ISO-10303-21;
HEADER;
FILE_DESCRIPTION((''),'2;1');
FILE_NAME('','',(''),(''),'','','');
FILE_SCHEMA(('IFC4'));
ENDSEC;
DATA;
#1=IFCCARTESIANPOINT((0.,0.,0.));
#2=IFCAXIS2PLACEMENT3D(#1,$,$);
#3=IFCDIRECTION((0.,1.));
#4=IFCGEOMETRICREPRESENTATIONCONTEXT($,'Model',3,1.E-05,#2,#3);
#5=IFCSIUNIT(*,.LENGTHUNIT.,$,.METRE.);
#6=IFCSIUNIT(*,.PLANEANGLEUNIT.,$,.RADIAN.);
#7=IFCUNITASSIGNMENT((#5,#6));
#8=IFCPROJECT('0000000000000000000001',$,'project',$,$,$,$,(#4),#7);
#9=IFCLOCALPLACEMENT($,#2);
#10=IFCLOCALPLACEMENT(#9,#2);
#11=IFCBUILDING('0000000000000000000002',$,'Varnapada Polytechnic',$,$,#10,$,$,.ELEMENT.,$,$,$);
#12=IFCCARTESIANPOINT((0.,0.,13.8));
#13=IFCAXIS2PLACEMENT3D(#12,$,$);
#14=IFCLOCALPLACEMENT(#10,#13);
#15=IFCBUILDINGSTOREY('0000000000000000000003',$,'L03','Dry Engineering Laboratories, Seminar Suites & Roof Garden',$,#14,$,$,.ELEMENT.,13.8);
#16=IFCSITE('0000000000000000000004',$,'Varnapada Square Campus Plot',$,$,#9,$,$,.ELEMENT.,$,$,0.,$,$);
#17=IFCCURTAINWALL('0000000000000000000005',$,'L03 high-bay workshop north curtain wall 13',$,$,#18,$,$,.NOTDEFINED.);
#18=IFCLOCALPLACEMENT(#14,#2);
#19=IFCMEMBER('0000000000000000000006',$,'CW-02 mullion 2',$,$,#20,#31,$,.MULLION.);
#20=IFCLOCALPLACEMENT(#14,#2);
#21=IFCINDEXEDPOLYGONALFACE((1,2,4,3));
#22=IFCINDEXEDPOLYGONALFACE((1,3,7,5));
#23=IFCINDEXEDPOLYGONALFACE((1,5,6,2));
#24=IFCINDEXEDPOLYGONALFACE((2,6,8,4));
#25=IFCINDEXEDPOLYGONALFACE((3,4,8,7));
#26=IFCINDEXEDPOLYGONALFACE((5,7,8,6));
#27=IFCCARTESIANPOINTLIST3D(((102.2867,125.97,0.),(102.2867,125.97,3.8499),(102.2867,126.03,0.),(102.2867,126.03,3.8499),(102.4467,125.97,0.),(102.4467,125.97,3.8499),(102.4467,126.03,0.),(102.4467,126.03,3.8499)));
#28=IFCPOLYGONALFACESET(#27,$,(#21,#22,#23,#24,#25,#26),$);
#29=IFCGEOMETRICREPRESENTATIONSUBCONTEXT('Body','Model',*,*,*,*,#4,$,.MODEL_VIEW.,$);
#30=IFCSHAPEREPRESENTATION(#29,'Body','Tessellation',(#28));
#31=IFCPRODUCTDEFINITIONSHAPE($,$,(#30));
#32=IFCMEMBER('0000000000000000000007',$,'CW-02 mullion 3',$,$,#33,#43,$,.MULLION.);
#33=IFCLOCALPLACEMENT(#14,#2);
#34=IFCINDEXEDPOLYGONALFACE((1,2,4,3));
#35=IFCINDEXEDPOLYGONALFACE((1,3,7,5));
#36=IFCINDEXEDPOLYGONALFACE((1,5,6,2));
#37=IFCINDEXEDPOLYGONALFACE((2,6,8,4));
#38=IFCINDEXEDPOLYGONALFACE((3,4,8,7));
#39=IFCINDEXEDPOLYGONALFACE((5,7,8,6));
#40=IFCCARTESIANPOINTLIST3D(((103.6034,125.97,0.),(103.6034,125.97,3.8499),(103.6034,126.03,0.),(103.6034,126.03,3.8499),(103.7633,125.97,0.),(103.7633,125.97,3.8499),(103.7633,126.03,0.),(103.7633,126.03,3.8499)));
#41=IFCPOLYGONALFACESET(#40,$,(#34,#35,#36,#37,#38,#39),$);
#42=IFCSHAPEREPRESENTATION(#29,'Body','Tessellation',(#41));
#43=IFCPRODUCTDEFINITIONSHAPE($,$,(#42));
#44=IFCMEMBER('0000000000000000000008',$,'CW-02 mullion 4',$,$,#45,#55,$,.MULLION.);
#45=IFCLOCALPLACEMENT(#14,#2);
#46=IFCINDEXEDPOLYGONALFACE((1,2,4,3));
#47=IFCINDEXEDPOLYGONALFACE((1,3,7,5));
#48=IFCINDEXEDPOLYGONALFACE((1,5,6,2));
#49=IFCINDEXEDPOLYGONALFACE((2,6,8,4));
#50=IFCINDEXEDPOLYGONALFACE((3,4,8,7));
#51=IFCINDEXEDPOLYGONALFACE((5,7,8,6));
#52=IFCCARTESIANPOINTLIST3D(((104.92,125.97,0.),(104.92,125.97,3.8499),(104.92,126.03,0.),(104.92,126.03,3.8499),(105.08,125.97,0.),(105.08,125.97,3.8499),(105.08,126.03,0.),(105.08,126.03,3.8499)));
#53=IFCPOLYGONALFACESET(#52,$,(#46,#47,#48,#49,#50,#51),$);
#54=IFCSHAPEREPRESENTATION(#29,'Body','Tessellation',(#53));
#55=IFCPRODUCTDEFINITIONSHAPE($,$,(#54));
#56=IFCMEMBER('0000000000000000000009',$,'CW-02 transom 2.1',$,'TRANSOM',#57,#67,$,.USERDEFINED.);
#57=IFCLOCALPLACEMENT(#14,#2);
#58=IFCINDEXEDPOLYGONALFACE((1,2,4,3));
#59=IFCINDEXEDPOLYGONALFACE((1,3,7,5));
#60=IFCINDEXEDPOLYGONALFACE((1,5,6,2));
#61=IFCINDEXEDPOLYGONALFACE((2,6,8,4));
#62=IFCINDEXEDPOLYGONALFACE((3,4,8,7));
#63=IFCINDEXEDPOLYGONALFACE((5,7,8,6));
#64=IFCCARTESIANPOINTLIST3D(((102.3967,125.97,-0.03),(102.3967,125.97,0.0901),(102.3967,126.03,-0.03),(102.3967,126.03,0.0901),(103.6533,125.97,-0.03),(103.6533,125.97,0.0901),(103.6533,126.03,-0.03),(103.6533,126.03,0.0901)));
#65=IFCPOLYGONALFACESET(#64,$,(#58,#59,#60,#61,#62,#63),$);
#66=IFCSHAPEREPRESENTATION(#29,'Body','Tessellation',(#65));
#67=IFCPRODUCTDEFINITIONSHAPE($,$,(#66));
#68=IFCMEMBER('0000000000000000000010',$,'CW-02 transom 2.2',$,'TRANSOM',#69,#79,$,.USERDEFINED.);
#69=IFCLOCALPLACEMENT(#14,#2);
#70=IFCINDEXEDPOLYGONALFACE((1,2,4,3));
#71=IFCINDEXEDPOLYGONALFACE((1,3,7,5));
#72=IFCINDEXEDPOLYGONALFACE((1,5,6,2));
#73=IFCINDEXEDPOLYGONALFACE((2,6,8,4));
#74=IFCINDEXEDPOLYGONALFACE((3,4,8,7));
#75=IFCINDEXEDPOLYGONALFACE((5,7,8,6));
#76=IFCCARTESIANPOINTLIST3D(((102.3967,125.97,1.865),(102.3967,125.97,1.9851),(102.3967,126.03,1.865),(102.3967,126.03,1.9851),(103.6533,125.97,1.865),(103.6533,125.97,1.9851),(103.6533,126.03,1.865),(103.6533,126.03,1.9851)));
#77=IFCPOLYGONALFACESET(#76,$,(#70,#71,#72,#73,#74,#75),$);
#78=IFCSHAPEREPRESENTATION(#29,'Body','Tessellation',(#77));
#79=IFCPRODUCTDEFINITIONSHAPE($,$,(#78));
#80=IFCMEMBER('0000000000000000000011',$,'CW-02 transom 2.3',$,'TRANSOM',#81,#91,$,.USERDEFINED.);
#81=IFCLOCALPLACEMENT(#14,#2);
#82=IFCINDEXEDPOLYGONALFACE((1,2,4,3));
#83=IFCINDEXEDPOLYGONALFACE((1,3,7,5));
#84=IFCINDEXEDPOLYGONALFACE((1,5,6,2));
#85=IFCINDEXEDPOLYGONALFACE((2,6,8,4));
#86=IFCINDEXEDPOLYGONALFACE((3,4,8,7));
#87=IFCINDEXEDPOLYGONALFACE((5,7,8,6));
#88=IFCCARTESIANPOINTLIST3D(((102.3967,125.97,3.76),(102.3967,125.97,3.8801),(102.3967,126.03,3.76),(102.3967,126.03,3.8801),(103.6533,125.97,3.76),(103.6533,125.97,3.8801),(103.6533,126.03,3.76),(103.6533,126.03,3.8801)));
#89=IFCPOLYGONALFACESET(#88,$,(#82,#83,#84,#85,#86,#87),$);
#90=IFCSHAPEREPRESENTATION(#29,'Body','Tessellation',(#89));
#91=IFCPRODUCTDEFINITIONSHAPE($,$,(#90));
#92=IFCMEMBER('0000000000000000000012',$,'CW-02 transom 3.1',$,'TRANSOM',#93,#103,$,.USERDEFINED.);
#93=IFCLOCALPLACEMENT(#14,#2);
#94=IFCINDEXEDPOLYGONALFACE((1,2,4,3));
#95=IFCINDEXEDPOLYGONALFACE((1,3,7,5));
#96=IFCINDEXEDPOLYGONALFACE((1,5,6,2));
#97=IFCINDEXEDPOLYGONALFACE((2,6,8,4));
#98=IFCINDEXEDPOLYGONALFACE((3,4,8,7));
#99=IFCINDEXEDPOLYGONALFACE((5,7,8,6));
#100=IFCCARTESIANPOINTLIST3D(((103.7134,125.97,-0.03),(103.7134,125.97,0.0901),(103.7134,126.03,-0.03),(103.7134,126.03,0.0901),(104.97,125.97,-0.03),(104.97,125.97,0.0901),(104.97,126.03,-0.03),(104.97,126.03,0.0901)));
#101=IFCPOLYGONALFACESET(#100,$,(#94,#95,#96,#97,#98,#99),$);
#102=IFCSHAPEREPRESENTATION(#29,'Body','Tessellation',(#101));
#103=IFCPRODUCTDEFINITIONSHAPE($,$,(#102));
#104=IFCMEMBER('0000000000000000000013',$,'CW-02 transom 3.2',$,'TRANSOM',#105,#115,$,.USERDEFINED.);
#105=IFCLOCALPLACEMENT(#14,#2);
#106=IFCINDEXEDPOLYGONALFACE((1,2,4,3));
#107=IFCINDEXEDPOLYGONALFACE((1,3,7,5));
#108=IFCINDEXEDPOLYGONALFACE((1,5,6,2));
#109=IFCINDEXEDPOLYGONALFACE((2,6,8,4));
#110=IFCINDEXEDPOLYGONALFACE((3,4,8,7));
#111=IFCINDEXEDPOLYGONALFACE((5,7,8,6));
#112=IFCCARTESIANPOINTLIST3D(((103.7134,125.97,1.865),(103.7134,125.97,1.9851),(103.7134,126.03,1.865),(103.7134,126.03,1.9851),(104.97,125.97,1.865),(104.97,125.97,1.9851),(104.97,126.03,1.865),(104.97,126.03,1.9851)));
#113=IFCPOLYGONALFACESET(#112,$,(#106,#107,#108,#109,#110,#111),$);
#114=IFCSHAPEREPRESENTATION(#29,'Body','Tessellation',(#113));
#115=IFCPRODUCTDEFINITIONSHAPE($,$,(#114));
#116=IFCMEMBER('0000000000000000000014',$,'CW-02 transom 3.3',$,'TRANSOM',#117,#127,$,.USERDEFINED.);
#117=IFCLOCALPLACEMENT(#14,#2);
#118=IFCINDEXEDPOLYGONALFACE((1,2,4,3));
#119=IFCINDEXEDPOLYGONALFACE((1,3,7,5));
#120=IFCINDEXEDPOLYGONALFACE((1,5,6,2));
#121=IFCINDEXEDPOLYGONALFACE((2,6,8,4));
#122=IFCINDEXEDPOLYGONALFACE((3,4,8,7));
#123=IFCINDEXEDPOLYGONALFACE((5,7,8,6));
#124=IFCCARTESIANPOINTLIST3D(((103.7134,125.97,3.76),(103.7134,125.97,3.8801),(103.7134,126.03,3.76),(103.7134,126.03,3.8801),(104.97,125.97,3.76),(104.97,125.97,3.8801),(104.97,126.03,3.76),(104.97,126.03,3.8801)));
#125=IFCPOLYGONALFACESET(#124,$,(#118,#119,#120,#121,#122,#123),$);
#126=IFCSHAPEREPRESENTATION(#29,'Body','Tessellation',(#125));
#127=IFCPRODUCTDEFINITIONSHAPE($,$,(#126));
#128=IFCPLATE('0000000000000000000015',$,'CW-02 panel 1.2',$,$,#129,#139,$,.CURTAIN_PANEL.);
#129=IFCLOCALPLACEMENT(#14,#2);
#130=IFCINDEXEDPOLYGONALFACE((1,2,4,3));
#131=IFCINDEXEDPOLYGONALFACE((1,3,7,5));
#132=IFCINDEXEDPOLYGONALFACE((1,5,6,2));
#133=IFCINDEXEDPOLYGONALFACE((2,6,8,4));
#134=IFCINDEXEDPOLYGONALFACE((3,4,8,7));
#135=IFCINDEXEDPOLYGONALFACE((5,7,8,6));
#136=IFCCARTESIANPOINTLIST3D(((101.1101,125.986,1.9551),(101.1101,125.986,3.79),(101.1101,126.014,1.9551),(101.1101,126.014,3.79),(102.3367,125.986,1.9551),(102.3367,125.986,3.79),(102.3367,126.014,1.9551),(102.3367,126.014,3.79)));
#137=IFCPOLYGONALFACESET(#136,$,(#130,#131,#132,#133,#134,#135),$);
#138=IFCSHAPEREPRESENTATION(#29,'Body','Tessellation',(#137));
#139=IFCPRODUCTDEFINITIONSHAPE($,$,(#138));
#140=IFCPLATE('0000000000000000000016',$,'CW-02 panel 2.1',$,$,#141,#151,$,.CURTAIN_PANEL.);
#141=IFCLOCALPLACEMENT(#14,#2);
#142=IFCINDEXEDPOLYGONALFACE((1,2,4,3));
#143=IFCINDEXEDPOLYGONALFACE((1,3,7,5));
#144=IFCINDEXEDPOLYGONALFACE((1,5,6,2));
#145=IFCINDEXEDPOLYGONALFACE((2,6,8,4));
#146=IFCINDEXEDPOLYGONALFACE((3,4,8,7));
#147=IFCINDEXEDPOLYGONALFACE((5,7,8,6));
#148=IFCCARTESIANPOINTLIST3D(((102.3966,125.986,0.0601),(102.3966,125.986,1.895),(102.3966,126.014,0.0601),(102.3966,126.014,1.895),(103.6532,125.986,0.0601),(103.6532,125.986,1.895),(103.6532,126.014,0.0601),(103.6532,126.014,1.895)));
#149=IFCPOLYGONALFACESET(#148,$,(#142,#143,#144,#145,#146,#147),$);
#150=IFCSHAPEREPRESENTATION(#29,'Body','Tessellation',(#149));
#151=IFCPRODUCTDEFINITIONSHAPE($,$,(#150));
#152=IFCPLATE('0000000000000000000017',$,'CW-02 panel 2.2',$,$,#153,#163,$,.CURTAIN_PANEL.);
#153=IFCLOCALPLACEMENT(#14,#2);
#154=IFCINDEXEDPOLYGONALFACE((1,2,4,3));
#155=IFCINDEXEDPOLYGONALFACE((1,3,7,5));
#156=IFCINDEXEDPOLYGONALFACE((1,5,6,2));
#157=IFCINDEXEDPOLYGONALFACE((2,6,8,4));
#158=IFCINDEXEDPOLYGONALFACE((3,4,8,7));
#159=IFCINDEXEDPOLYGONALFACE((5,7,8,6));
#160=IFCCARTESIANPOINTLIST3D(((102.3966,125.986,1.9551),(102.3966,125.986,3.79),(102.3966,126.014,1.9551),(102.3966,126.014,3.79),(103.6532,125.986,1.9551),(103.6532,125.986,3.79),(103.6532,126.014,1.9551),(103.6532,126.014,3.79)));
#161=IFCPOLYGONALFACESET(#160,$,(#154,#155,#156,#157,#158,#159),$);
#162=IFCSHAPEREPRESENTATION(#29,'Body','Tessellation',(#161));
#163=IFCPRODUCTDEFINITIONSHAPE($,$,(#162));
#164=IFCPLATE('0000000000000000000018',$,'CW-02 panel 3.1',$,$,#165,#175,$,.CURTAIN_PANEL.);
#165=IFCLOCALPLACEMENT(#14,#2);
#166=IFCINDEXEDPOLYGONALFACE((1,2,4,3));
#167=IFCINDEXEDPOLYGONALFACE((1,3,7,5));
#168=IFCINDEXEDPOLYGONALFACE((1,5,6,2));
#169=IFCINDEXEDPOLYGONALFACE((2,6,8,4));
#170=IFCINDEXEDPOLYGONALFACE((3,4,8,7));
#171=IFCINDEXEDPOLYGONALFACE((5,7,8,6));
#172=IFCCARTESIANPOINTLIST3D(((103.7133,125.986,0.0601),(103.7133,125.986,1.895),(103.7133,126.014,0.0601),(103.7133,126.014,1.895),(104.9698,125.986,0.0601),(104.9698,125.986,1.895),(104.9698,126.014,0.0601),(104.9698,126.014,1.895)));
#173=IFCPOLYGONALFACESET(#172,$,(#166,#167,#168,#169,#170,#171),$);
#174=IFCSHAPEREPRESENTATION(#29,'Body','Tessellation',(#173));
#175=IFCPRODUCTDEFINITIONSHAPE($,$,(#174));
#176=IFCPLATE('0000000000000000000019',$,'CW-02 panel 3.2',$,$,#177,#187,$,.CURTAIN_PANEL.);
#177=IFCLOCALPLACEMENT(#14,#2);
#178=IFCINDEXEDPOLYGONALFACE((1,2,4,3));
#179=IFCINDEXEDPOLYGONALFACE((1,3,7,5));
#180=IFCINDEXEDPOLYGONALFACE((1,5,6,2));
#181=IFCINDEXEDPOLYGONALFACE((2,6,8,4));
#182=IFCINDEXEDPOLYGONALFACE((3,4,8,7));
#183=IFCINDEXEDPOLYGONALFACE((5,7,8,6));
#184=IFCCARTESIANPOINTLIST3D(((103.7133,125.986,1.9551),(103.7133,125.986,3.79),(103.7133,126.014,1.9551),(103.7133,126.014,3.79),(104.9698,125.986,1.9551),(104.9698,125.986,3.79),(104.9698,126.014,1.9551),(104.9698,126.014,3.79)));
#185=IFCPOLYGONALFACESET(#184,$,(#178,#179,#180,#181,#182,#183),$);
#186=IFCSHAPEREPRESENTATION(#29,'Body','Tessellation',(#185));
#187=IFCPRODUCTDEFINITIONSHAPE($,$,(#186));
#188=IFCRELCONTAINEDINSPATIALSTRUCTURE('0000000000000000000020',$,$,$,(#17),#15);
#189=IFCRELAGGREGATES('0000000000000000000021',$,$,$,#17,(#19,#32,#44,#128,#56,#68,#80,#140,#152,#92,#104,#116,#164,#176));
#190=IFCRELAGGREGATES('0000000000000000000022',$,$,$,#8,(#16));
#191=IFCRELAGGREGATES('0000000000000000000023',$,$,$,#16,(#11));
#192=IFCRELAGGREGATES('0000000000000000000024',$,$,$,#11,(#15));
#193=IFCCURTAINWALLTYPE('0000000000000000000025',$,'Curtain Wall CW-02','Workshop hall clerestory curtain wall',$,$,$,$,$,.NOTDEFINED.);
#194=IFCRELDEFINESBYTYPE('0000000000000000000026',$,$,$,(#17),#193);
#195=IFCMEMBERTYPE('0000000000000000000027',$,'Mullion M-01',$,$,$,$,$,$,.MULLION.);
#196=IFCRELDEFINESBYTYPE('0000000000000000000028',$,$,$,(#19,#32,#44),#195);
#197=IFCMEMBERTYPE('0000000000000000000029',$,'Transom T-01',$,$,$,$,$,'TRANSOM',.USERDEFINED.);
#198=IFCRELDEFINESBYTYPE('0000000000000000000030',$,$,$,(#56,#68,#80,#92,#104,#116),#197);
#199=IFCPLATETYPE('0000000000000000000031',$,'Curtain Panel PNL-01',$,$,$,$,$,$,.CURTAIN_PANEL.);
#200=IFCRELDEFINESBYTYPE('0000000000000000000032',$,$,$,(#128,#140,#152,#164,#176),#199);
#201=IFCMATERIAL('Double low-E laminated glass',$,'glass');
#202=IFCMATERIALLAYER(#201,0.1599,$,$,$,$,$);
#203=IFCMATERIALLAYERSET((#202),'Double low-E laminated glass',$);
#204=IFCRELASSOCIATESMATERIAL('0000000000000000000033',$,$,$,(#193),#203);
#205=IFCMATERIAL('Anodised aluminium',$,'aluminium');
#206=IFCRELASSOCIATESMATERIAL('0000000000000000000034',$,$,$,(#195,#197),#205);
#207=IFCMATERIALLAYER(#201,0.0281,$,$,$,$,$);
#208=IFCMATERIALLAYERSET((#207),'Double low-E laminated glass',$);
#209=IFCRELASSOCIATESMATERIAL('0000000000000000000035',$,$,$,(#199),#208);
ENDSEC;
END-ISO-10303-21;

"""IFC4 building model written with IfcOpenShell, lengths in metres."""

from ifc_helpers import new_model, si_unit, direction, frame, origin, origin_2d, place, context, subcontext, project, spatial, rectangle, extrude, material, layer, layer_set, material_profile, profile_set, type_object, element, aggregate, save


model = new_model("IFC4")

# Units and contexts
model_context = context("Model", 3, precision=1e-05, world=origin(), true_north=direction((0.0, 1.0)))
body_context = subcontext(model_context, "Body", "Model", "MODEL_VIEW")
ifc_project = project(units=[si_unit("LENGTHUNIT", "METRE"), si_unit("PLANEANGLEUNIT", "RADIAN")], contexts=[model_context])

# Site, building, storey
site_placement = place(None, origin())
site = spatial("IfcSite", under=ifc_project, at=site_placement, Name="Varnapada Square Campus Plot", CompositionType="ELEMENT", RefElevation=0.0)
building_placement = place(site_placement, origin())
building = spatial("IfcBuilding", under=site, at=building_placement, Name="Varnapada Polytechnic", CompositionType="ELEMENT")
storey_placement = place(building_placement, frame((0.0, 0.0, 13.8)))
storey = spatial("IfcBuildingStorey", under=building, at=storey_placement, Name="L03", Description="Dry Engineering Laboratories, Seminar Suites & Roof Garden", CompositionType="ELEMENT", Elevation=13.8)

# Curtain wall, members, plates
ifc_material_1 = material(Name="Double low-E laminated glass", Category="glass")
ifc_layer_1 = layer(ifc_material_1, 0.1599)
ifc_layer_set_1 = layer_set([ifc_layer_1], Name="Double low-E laminated glass")
curtain_wall_type = type_object("IfcCurtainWallType", Name="Curtain Wall CW-02", Description="Workshop hall clerestory curtain wall", PredefinedType="NOTDEFINED", material=ifc_layer_set_1)
curtain_wall_placement = place(storey_placement, origin())
curtain_wall = element("IfcCurtainWall", 1, at=curtain_wall_placement, inside=storey, type_object=curtain_wall_type, Name="L03 high-bay workshop north curtain wall 13", PredefinedType="NOTDEFINED")
ifc_material_2 = material(Name="Anodised aluminium", Category="aluminium")
ifc_material_profile_1 = material_profile(ifc_material_2, rectangle(XDim=0.0601, YDim=0.1599, at=origin_2d()), Name="ALU M60x160")
ifc_profile_set_1 = profile_set([ifc_material_profile_1], Name="Anodised aluminium")
member_type_1 = type_object("IfcMemberType", Name="Mullion M-01", PredefinedType="MULLION", material=ifc_profile_set_1)
member_1_placement = place(storey_placement, frame((102.3667, 126.0, 0.0), z_axis=(0.0, 0.0, 1.0), x_axis=(0.0, 1.0, 0.0)))
member_1 = element("IfcMember", 2, at=member_1_placement, type_object=member_type_1, Name="CW-02 mullion 2", PredefinedType="MULLION", context=body_context, shape_type="SweptSolid", body=[
    extrude(rectangle(XDim=0.0601, YDim=0.1599, at=origin_2d()), origin(), (0.0, 0.0, 1.0), 3.8499),
])
member_2_placement = place(storey_placement, frame((103.6833, 126.0, 0.0), z_axis=(0.0, 0.0, 1.0), x_axis=(0.0, 1.0, 0.0)))
member_2 = element("IfcMember", 3, at=member_2_placement, type_object=member_type_1, Name="CW-02 mullion 3", PredefinedType="MULLION", context=body_context, shape_type="SweptSolid", body=[
    extrude(rectangle(XDim=0.0601, YDim=0.1599, at=origin_2d()), origin(), (0.0, 0.0, 1.0), 3.8499),
])
member_3_placement = place(storey_placement, frame((105.0, 126.0, 0.0), z_axis=(0.0, 0.0, 1.0), x_axis=(0.0, 1.0, 0.0)))
member_3 = element("IfcMember", 4, at=member_3_placement, type_object=member_type_1, Name="CW-02 mullion 4", PredefinedType="MULLION", context=body_context, shape_type="SweptSolid", body=[
    extrude(rectangle(XDim=0.0601, YDim=0.1599, at=origin_2d()), origin(), (0.0, 0.0, 1.0), 3.8499),
])
ifc_material_profile_2 = material_profile(ifc_material_2, rectangle(XDim=0.0601, YDim=0.1201, at=origin_2d()), Name="ALU T60x120")
ifc_profile_set_2 = profile_set([ifc_material_profile_2], Name="Anodised aluminium")
member_type_2 = type_object("IfcMemberType", Name="Transom T-01", ElementType="TRANSOM", PredefinedType="USERDEFINED", material=ifc_profile_set_2)
member_4_placement = place(storey_placement, frame((102.3967, 126.0, 0.03), z_axis=(1.0, 0.0, 0.0), x_axis=(0.0, 1.0, 0.0)))
member_4 = element("IfcMember", 5, at=member_4_placement, type_object=member_type_2, Name="CW-02 transom 2.1", ObjectType="TRANSOM", PredefinedType="USERDEFINED", context=body_context, shape_type="SweptSolid", body=[
    extrude(rectangle(XDim=0.0601, YDim=0.1201, at=origin_2d()), origin(), (0.0, 0.0, 1.0), 1.2566),
])
member_5_placement = place(storey_placement, frame((102.3967, 126.0, 1.925), z_axis=(1.0, 0.0, 0.0), x_axis=(0.0, 1.0, 0.0)))
member_5 = element("IfcMember", 6, at=member_5_placement, type_object=member_type_2, Name="CW-02 transom 2.2", ObjectType="TRANSOM", PredefinedType="USERDEFINED", context=body_context, shape_type="SweptSolid", body=[
    extrude(rectangle(XDim=0.0601, YDim=0.1201, at=origin_2d()), origin(), (0.0, 0.0, 1.0), 1.2566),
])
member_6_placement = place(storey_placement, frame((102.3967, 126.0, 3.8201), z_axis=(1.0, 0.0, 0.0), x_axis=(0.0, 1.0, 0.0)))
member_6 = element("IfcMember", 7, at=member_6_placement, type_object=member_type_2, Name="CW-02 transom 2.3", ObjectType="TRANSOM", PredefinedType="USERDEFINED", context=body_context, shape_type="SweptSolid", body=[
    extrude(rectangle(XDim=0.0601, YDim=0.1201, at=origin_2d()), origin(), (0.0, 0.0, 1.0), 1.2566),
])
member_7_placement = place(storey_placement, frame((103.7134, 126.0, 0.03), z_axis=(1.0, 0.0, 0.0), x_axis=(0.0, 1.0, 0.0)))
member_7 = element("IfcMember", 8, at=member_7_placement, type_object=member_type_2, Name="CW-02 transom 3.1", ObjectType="TRANSOM", PredefinedType="USERDEFINED", context=body_context, shape_type="SweptSolid", body=[
    extrude(rectangle(XDim=0.0601, YDim=0.1201, at=origin_2d()), origin(), (0.0, 0.0, 1.0), 1.2566),
])
member_8_placement = place(storey_placement, frame((103.7134, 126.0, 1.925), z_axis=(1.0, 0.0, 0.0), x_axis=(0.0, 1.0, 0.0)))
member_8 = element("IfcMember", 9, at=member_8_placement, type_object=member_type_2, Name="CW-02 transom 3.2", ObjectType="TRANSOM", PredefinedType="USERDEFINED", context=body_context, shape_type="SweptSolid", body=[
    extrude(rectangle(XDim=0.0601, YDim=0.1201, at=origin_2d()), origin(), (0.0, 0.0, 1.0), 1.2566),
])
member_9_placement = place(storey_placement, frame((103.7134, 126.0, 3.8201), z_axis=(1.0, 0.0, 0.0), x_axis=(0.0, 1.0, 0.0)))
member_9 = element("IfcMember", 10, at=member_9_placement, type_object=member_type_2, Name="CW-02 transom 3.3", ObjectType="TRANSOM", PredefinedType="USERDEFINED", context=body_context, shape_type="SweptSolid", body=[
    extrude(rectangle(XDim=0.0601, YDim=0.1201, at=origin_2d()), origin(), (0.0, 0.0, 1.0), 1.2566),
])
ifc_layer_2 = layer(ifc_material_1, 0.0281)
ifc_layer_set_2 = layer_set([ifc_layer_2], Name="Double low-E laminated glass")
plate_type = type_object("IfcPlateType", Name="Curtain Panel PNL-01", PredefinedType="CURTAIN_PANEL", material=ifc_layer_set_2)
plate_1_placement = place(storey_placement, frame((101.7234, 126.0, 1.9551), z_axis=(0.0, 0.0, 1.0), x_axis=(1.0, 0.0, 0.0)))
plate_1 = element("IfcPlate", 11, at=plate_1_placement, type_object=plate_type, Name="CW-02 panel 1.2", PredefinedType="CURTAIN_PANEL", context=body_context, shape_type="SweptSolid", body=[
    extrude(rectangle(XDim=1.2266, YDim=0.0281, at=origin_2d()), origin(), (0.0, 0.0, 1.0), 1.835),
])
plate_2_placement = place(storey_placement, frame((103.0249, 126.0, 0.0601), z_axis=(0.0, 0.0, 1.0), x_axis=(1.0, 0.0, 0.0)))
plate_2 = element("IfcPlate", 12, at=plate_2_placement, type_object=plate_type, Name="CW-02 panel 2.1", PredefinedType="CURTAIN_PANEL", context=body_context, shape_type="SweptSolid", body=[
    extrude(rectangle(XDim=1.2566, YDim=0.0281, at=origin_2d()), origin(), (0.0, 0.0, 1.0), 1.835),
])
plate_3_placement = place(storey_placement, frame((103.0249, 126.0, 1.9551), z_axis=(0.0, 0.0, 1.0), x_axis=(1.0, 0.0, 0.0)))
plate_3 = element("IfcPlate", 13, at=plate_3_placement, type_object=plate_type, Name="CW-02 panel 2.2", PredefinedType="CURTAIN_PANEL", context=body_context, shape_type="SweptSolid", body=[
    extrude(rectangle(XDim=1.2566, YDim=0.0281, at=origin_2d()), origin(), (0.0, 0.0, 1.0), 1.835),
])
plate_4_placement = place(storey_placement, frame((104.3416, 126.0, 0.0601), z_axis=(0.0, 0.0, 1.0), x_axis=(1.0, 0.0, 0.0)))
plate_4 = element("IfcPlate", 14, at=plate_4_placement, type_object=plate_type, Name="CW-02 panel 3.1", PredefinedType="CURTAIN_PANEL", context=body_context, shape_type="SweptSolid", body=[
    extrude(rectangle(XDim=1.2566, YDim=0.0281, at=origin_2d()), origin(), (0.0, 0.0, 1.0), 1.835),
])
plate_5_placement = place(storey_placement, frame((104.3416, 126.0, 1.9551), z_axis=(0.0, 0.0, 1.0), x_axis=(1.0, 0.0, 0.0)))
plate_5 = element("IfcPlate", 15, at=plate_5_placement, type_object=plate_type, Name="CW-02 panel 3.2", PredefinedType="CURTAIN_PANEL", context=body_context, shape_type="SweptSolid", body=[
    extrude(rectangle(XDim=1.2566, YDim=0.0281, at=origin_2d()), origin(), (0.0, 0.0, 1.0), 1.835),
])
aggregate(curtain_wall, [member_1, member_2, member_3, plate_1, member_4, member_5, member_6, plate_2, plate_3, member_7, member_8, member_9, plate_4, plate_5])

save(model, "model.ifc")
